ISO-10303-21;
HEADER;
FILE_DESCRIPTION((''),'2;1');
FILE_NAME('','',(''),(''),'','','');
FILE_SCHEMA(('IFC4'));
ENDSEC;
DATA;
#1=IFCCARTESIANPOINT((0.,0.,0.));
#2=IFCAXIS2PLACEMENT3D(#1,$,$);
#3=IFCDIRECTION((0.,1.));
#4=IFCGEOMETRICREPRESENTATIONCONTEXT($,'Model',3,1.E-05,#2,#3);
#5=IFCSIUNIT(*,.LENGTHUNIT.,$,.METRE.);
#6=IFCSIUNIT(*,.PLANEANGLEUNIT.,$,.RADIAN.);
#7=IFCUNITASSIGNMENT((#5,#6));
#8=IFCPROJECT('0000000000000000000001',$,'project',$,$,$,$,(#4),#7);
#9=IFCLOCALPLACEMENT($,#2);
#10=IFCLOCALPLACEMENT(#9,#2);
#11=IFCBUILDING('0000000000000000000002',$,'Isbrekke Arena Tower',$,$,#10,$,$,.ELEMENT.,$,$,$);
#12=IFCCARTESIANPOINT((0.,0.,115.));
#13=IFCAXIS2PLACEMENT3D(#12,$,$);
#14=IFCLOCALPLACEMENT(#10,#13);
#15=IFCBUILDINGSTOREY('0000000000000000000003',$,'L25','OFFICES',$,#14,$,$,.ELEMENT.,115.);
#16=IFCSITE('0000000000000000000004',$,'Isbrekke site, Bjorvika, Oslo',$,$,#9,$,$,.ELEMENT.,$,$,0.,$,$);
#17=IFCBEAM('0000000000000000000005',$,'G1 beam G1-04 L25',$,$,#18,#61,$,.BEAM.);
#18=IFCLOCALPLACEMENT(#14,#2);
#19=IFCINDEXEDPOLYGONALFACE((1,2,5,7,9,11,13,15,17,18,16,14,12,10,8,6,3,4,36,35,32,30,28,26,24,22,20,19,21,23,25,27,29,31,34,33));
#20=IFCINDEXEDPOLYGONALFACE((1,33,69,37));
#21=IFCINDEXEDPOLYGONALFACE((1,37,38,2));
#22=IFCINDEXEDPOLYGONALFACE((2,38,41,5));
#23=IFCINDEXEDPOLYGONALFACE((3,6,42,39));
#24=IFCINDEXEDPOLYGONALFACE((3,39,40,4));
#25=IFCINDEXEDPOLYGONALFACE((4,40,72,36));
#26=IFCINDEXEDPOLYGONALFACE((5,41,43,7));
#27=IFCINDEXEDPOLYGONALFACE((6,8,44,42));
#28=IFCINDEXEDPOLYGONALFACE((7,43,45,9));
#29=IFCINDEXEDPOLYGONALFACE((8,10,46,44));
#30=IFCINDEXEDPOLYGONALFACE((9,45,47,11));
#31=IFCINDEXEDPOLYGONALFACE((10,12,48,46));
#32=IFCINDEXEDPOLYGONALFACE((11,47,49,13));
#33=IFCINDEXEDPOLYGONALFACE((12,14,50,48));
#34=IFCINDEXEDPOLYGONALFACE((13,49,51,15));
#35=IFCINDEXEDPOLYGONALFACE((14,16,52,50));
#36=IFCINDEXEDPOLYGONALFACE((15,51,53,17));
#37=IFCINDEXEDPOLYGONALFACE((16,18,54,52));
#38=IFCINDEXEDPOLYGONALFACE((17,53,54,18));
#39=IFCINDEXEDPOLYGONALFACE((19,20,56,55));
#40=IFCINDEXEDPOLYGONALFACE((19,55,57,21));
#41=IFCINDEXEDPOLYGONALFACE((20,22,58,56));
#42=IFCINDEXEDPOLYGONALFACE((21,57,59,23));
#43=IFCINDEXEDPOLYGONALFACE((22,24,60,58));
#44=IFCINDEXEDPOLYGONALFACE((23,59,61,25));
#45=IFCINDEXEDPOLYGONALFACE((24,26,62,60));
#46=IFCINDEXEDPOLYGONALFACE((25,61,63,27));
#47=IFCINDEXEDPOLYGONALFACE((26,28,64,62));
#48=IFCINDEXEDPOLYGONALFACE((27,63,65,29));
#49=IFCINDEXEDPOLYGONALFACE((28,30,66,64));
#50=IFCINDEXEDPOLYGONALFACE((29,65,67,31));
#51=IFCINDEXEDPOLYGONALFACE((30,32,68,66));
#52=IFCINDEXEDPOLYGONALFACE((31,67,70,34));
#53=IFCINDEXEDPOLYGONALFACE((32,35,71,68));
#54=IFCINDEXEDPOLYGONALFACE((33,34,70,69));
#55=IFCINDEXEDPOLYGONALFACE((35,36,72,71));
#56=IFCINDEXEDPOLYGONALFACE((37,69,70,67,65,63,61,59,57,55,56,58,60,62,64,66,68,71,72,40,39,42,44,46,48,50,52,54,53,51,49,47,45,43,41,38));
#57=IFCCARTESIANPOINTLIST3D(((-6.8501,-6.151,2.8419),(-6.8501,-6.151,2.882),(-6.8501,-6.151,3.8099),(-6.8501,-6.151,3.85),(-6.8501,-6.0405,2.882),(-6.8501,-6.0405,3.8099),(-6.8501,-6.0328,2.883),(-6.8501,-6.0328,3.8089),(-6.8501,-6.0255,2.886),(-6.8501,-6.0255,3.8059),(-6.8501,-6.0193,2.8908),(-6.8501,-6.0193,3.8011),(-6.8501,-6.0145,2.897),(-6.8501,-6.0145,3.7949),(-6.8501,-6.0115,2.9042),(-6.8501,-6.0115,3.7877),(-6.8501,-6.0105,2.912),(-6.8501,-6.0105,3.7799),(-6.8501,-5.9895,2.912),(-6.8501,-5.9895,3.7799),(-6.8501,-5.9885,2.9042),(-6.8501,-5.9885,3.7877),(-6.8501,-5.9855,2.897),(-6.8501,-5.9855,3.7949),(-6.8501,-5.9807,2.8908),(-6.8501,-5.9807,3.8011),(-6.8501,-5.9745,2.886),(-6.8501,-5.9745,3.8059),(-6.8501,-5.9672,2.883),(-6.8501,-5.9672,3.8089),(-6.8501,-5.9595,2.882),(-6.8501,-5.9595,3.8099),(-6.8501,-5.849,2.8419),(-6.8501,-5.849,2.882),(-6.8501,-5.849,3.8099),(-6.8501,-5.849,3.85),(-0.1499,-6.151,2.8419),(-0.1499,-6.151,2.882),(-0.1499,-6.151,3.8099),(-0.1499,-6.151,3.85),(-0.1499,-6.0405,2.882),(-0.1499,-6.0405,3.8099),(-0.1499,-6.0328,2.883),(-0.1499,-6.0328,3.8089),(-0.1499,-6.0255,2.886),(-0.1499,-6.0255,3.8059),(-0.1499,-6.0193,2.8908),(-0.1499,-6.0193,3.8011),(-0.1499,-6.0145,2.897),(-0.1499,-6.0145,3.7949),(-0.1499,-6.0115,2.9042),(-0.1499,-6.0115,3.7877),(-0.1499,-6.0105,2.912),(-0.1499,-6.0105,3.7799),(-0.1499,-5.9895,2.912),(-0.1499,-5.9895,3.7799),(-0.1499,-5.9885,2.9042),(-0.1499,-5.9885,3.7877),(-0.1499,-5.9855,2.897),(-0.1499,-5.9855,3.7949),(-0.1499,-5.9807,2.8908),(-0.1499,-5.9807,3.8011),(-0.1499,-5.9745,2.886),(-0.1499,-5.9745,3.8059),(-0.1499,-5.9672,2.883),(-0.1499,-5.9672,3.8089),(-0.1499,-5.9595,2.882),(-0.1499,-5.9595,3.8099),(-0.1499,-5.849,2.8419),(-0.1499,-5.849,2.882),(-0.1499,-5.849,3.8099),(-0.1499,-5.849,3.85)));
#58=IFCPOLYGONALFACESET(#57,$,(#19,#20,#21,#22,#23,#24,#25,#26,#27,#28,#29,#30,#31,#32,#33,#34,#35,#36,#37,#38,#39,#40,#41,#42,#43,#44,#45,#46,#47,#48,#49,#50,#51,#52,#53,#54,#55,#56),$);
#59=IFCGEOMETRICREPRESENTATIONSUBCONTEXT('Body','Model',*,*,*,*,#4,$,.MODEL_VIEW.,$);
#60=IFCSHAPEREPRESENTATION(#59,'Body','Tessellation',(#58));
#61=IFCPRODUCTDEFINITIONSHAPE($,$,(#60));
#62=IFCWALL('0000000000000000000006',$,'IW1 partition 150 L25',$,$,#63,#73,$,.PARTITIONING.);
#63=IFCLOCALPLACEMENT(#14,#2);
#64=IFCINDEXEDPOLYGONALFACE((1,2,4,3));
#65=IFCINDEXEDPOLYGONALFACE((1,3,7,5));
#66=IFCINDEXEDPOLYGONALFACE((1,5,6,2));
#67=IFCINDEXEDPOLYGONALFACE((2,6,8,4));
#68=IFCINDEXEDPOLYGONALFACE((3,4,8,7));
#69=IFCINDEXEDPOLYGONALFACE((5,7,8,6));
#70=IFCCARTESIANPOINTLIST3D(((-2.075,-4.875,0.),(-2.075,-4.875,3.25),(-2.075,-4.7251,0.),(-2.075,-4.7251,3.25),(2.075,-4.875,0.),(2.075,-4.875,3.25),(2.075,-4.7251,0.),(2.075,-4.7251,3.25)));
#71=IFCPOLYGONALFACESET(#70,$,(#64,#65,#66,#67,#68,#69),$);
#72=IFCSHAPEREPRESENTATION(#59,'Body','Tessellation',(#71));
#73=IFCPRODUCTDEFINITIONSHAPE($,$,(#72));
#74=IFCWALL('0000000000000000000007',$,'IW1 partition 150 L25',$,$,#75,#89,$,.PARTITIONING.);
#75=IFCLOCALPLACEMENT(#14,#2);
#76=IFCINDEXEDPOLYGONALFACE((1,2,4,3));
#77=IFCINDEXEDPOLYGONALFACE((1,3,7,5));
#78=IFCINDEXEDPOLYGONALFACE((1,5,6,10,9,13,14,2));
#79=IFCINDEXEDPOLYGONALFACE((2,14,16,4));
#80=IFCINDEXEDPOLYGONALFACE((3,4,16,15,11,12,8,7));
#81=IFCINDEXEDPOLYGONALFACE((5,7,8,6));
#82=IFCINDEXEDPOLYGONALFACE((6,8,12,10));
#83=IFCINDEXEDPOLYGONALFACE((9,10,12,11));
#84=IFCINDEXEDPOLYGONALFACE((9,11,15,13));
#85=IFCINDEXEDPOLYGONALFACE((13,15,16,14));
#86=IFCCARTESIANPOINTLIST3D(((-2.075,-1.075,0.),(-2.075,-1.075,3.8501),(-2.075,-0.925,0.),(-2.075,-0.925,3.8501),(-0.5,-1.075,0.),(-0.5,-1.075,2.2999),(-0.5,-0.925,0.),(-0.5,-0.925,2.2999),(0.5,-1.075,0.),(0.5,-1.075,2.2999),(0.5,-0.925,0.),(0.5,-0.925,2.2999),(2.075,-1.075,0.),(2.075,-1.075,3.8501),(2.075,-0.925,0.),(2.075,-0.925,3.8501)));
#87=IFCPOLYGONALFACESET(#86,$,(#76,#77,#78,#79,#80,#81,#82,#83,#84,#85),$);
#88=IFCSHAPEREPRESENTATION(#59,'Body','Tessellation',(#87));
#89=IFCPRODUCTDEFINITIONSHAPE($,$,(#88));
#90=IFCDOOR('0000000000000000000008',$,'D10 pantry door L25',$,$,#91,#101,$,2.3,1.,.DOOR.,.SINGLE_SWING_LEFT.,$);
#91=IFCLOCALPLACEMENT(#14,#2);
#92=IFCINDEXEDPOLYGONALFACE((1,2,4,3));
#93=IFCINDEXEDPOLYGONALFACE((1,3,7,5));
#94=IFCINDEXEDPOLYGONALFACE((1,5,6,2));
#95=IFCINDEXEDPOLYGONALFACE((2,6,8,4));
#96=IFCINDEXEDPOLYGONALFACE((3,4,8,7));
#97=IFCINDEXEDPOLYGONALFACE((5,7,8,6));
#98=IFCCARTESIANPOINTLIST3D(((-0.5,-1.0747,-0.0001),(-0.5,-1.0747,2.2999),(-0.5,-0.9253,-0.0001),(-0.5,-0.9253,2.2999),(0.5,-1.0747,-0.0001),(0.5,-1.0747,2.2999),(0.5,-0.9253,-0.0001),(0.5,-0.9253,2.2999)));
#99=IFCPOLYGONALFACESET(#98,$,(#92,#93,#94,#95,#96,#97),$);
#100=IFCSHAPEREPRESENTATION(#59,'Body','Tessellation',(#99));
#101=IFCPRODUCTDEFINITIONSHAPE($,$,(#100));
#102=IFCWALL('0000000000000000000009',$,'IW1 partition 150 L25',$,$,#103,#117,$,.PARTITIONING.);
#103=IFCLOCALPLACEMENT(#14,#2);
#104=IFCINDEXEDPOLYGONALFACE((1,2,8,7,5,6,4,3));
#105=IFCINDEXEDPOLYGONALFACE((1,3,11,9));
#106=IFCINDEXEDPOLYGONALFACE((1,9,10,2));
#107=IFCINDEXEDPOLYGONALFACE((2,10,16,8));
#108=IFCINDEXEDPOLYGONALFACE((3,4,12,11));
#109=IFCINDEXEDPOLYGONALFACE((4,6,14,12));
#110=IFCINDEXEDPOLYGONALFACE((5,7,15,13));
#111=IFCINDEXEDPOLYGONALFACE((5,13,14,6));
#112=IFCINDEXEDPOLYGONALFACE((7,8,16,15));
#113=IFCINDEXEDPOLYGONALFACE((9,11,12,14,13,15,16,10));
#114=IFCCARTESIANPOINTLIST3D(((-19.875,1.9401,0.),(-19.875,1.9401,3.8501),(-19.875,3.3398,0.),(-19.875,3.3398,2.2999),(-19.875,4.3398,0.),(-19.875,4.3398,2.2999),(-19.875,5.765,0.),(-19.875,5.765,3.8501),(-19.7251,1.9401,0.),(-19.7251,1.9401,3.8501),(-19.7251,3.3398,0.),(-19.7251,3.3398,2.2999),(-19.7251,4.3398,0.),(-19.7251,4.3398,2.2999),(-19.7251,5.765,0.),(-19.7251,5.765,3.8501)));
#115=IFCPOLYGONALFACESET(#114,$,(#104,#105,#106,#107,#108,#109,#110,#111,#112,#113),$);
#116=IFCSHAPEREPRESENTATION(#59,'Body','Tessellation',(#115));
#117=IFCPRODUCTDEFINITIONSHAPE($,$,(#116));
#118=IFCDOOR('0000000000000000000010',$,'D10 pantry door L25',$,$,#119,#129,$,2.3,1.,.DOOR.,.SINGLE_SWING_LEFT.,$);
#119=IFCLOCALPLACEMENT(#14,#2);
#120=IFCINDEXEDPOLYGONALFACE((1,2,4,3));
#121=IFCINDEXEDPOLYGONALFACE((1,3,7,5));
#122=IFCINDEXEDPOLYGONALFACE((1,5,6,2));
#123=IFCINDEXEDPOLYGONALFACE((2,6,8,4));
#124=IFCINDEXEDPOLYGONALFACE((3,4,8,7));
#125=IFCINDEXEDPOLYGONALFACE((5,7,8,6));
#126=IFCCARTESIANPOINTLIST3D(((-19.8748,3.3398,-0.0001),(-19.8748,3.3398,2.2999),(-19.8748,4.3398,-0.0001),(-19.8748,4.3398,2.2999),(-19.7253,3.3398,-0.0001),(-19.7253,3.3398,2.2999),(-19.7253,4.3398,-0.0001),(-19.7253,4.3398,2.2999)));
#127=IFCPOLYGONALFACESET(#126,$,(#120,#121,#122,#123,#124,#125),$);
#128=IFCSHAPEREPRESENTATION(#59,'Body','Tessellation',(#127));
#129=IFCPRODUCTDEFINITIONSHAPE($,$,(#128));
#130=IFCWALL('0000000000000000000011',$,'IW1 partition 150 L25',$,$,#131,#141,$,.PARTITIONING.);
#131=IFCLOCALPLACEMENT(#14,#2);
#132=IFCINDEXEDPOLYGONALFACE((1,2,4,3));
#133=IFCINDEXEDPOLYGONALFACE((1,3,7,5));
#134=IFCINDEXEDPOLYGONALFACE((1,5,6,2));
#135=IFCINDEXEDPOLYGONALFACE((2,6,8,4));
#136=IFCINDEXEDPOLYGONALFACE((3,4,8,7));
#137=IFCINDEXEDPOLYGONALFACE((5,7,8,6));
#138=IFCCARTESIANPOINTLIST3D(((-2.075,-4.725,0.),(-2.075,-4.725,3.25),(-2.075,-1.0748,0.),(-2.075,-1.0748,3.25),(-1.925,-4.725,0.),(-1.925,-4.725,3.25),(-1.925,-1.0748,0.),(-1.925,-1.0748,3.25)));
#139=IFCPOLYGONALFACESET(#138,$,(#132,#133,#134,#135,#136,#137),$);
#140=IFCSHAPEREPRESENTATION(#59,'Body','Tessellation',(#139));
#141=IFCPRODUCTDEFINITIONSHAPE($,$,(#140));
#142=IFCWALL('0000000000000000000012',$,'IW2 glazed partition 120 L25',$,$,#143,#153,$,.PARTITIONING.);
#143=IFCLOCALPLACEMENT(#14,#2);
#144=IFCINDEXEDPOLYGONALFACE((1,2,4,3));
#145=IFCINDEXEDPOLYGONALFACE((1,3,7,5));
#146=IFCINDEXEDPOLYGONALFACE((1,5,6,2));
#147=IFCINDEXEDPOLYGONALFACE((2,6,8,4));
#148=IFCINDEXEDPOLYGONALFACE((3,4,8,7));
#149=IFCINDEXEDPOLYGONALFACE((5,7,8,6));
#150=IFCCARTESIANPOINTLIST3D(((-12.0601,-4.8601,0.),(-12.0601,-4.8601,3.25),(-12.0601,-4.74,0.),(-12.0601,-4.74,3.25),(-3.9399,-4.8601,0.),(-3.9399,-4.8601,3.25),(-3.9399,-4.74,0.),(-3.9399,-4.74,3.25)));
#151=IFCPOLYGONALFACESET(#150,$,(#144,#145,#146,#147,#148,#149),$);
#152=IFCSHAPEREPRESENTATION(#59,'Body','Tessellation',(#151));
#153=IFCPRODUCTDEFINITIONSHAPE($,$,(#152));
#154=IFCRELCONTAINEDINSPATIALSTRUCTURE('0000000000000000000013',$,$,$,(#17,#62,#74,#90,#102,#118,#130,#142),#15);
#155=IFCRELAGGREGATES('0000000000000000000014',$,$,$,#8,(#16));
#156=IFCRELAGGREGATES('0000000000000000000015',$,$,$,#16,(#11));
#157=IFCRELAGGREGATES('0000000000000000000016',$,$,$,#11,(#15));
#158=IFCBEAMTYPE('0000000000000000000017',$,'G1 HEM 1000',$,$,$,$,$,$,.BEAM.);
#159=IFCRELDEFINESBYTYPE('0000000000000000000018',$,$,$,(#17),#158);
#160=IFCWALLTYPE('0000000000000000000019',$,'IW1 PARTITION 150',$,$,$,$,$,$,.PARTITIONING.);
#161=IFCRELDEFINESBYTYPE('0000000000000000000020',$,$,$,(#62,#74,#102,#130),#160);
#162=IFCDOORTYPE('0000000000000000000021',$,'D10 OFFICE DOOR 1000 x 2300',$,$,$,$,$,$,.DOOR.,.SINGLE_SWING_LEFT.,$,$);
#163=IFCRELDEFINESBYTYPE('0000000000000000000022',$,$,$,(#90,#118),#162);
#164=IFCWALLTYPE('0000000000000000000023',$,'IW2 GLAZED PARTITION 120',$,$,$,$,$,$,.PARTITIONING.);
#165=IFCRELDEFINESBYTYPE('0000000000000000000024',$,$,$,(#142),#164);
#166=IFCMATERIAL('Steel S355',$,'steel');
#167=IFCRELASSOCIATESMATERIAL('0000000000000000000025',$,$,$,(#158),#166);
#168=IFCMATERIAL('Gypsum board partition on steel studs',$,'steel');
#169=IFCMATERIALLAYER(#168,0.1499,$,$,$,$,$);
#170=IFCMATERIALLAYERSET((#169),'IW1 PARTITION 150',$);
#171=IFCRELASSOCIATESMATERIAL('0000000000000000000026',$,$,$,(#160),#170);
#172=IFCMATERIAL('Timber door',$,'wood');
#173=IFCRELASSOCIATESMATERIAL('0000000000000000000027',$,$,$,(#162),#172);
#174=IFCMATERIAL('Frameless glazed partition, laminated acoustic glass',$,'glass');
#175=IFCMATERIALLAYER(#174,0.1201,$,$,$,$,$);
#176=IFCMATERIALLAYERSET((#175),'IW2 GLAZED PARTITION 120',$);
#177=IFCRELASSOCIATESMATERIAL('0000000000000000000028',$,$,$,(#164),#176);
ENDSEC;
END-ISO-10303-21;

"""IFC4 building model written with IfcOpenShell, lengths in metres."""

from ifc_helpers import new_model, si_unit, direction, frame, frame_2d, origin, origin_2d, place, context, subcontext, project, spatial, rectangle, i_section, extrude, material, layer, layer_set, material_profile, profile_set, type_object, element, fill, save


model = new_model("IFC4")

# Units and contexts
model_context = context("Model", 3, precision=1e-05, world=origin(), true_north=direction((0.0, 1.0)))
body_context = subcontext(model_context, "Body", "Model", "MODEL_VIEW")
ifc_project = project(units=[si_unit("LENGTHUNIT", "METRE"), si_unit("PLANEANGLEUNIT", "RADIAN")], contexts=[model_context])

# Site, building, storey
site_placement = place(None, origin())
site = spatial("IfcSite", under=ifc_project, at=site_placement, Name="Isbrekke site, Bjorvika, Oslo", CompositionType="ELEMENT", RefElevation=0.0)
building_placement = place(site_placement, origin())
building = spatial("IfcBuilding", under=site, at=building_placement, Name="Isbrekke Arena Tower", CompositionType="ELEMENT")
storey_placement = place(building_placement, frame((0.0, 0.0, 115.0)))
storey = spatial("IfcBuildingStorey", under=building, at=storey_placement, Name="L25", Description="OFFICES", CompositionType="ELEMENT", Elevation=115.0)

# Beam
ifc_material_1 = material(Name="Steel S355", Category="steel")
ifc_material_profile_1 = material_profile(ifc_material_1, i_section(OverallWidth=0.302, OverallDepth=1.0081, WebThickness=0.021, FlangeThickness=0.04, FilletRadius=0.03, at=origin_2d()), Name="HEM 1000")
ifc_profile_set_1 = profile_set([ifc_material_profile_1], Name="Steel S355")
beam_type_1 = type_object("IfcBeamType", Name="G1 HEM 1000", PredefinedType="BEAM", material=ifc_profile_set_1)
for number, where, z_axis, x_axis, name in (
    (1, (-6.8501, -6.0, 3.3459), (1.0, 0.0, 0.0), (0.0, 1.0, 0.0), "G1 beam G1-04 L25"),
):
    element("IfcBeam", number, at=place(storey_placement, frame(where, z_axis=z_axis, x_axis=x_axis)), inside=storey, type_object=beam_type_1, Name=name, PredefinedType="BEAM", context=body_context, shape_type="SweptSolid", body=[
        extrude(i_section(OverallWidth=0.302, OverallDepth=1.0081, WebThickness=0.021, FlangeThickness=0.04, FilletRadius=0.03, at=origin_2d()), origin(), (0.0, 0.0, 1.0), 6.7002),
    ])

# Wall
ifc_material_2 = material(Name="Gypsum board partition on steel studs", Category="steel")
ifc_layer_1 = layer(ifc_material_2, 0.1499)
ifc_layer_set_1 = layer_set([ifc_layer_1], Name="IW1 PARTITION 150")
wall_type_1 = type_object("IfcWallType", Name="IW1 PARTITION 150", PredefinedType="PARTITIONING", material=ifc_layer_set_1)
wall_1_placement = place(storey_placement, frame((-2.075, -4.8, 0.0), z_axis=(0.0, 0.0, 1.0), x_axis=(1.0, 0.0, 0.0)))
element("IfcWall", 2, at=wall_1_placement, inside=storey, type_object=wall_type_1, Name="IW1 partition 150 L25", PredefinedType="PARTITIONING", context=body_context, shape_type="SweptSolid", body=[
    extrude(rectangle(XDim=4.1499, YDim=0.1499, at=frame_2d((2.075, 0.0))), origin(), (0.0, 0.0, 1.0), 3.25),
])

# Walls, openings, doors
wall_2_placement = place(storey_placement, frame((-2.075, -1.0, 0.0), z_axis=(0.0, 0.0, 1.0), x_axis=(1.0, 0.0, 0.0)))
wall_2 = element("IfcWall", 3, at=wall_2_placement, inside=storey, type_object=wall_type_1, Name="IW1 partition 150 L25", PredefinedType="PARTITIONING", context=body_context, shape_type="SweptSolid", body=[
    extrude(rectangle(XDim=4.1499, YDim=0.1499, at=frame_2d((2.075, 0.0))), origin(), (0.0, 0.0, 1.0), 3.8501),
])
opening_1_placement = place(wall_2_placement, frame((1.575, 0.0, 0.0)))
opening_1 = element("IfcOpeningElement", 4, at=opening_1_placement, cuts=wall_2, PredefinedType="OPENING", context=body_context, shape_type="SweptSolid", body=[
    extrude(rectangle(XDim=1.0, YDim=2.3, at=frame_2d((0.5, 1.1499))), frame((0.0, 0.0898, 0.0), z_axis=(0.0, -1.0, 0.0), x_axis=(1.0, 0.0, 0.0)), (0.0, 0.0, 1.0), 0.1797),
])
ifc_material_3 = material(Name="Timber door", Category="wood")
door_type_1 = type_object("IfcDoorType", Name="D10 OFFICE DOOR 1000 x 2300", OperationType="SINGLE_SWING_LEFT", PredefinedType="DOOR", material=ifc_material_3)
door_1_placement = place(opening_1_placement, origin())
door_1 = element("IfcDoor", 5, at=door_1_placement, inside=storey, type_object=door_type_1, Name="D10 pantry door L25", OperationType="SINGLE_SWING_LEFT", OverallHeight=2.3, OverallWidth=1.0, PredefinedType="DOOR", context=body_context, shape_type="SweptSolid", body=[
    extrude(rectangle(XDim=1.0, YDim=2.3, at=frame_2d((0.5, 1.1499))), frame((0.0, 0.0747, 0.0), z_axis=(0.0, -1.0, 0.0), x_axis=(1.0, 0.0, 0.0)), (0.0, 0.0, 1.0), 0.1494),
])
fill(opening_1, door_1)
wall_3_placement = place(storey_placement, frame((-19.8, 1.9399, 0.0), z_axis=(0.0, 0.0, 1.0), x_axis=(0.0, 1.0, 0.0)))
wall_3 = element("IfcWall", 6, at=wall_3_placement, inside=storey, type_object=wall_type_1, Name="IW1 partition 150 L25", PredefinedType="PARTITIONING", context=body_context, shape_type="SweptSolid", body=[
    extrude(rectangle(XDim=3.825, YDim=0.1499, at=frame_2d((1.9126, 0.0))), origin(), (0.0, 0.0, 1.0), 3.8501),
])
opening_2_placement = place(wall_3_placement, frame((1.3999, 0.0, 0.0)))
opening_2 = element("IfcOpeningElement", 7, at=opening_2_placement, cuts=wall_3, PredefinedType="OPENING", context=body_context, shape_type="SweptSolid", body=[
    extrude(rectangle(XDim=1.0, YDim=2.3, at=frame_2d((0.5, 1.1499))), frame((0.0, 0.0898, 0.0), z_axis=(0.0, -1.0, 0.0), x_axis=(1.0, 0.0, 0.0)), (0.0, 0.0, 1.0), 0.1797),
])
door_2_placement = place(opening_2_placement, origin())
door_2 = element("IfcDoor", 8, at=door_2_placement, inside=storey, type_object=door_type_1, Name="D10 pantry door L25", OperationType="SINGLE_SWING_LEFT", OverallHeight=2.3, OverallWidth=1.0, PredefinedType="DOOR", context=body_context, shape_type="SweptSolid", body=[
    extrude(rectangle(XDim=1.0, YDim=2.3, at=frame_2d((0.5, 1.1499))), frame((0.0, 0.0747, 0.0), z_axis=(0.0, -1.0, 0.0), x_axis=(1.0, 0.0, 0.0)), (0.0, 0.0, 1.0), 0.1494),
])
fill(opening_2, door_2)

# Walls
wall_4_placement = place(storey_placement, frame((-2.0, -4.7251, 0.0), z_axis=(0.0, 0.0, 1.0), x_axis=(0.0, 1.0, 0.0)))
element("IfcWall", 9, at=wall_4_placement, inside=storey, type_object=wall_type_1, Name="IW1 partition 150 L25", PredefinedType="PARTITIONING", context=body_context, shape_type="SweptSolid", body=[
    extrude(rectangle(XDim=3.6501, YDim=0.1499, at=frame_2d((1.8252, 0.0))), origin(), (0.0, 0.0, 1.0), 3.25),
])
ifc_material_4 = material(Name="Frameless glazed partition, laminated acoustic glass", Category="glass")
ifc_layer_2 = layer(ifc_material_4, 0.1201)
ifc_layer_set_2 = layer_set([ifc_layer_2], Name="IW2 GLAZED PARTITION 120")
wall_type_2 = type_object("IfcWallType", Name="IW2 GLAZED PARTITION 120", PredefinedType="PARTITIONING", material=ifc_layer_set_2)
wall_5_placement = place(storey_placement, frame((-12.0601, -4.8, 0.0), z_axis=(0.0, 0.0, 1.0), x_axis=(1.0, 0.0, 0.0)))
element("IfcWall", 10, at=wall_5_placement, inside=storey, type_object=wall_type_2, Name="IW2 glazed partition 120 L25", PredefinedType="PARTITIONING", context=body_context, shape_type="SweptSolid", body=[
    extrude(rectangle(XDim=8.1201, YDim=0.1201, at=frame_2d((4.0601, 0.0))), origin(), (0.0, 0.0, 1.0), 3.25),
])

save(model, "model.ifc")
